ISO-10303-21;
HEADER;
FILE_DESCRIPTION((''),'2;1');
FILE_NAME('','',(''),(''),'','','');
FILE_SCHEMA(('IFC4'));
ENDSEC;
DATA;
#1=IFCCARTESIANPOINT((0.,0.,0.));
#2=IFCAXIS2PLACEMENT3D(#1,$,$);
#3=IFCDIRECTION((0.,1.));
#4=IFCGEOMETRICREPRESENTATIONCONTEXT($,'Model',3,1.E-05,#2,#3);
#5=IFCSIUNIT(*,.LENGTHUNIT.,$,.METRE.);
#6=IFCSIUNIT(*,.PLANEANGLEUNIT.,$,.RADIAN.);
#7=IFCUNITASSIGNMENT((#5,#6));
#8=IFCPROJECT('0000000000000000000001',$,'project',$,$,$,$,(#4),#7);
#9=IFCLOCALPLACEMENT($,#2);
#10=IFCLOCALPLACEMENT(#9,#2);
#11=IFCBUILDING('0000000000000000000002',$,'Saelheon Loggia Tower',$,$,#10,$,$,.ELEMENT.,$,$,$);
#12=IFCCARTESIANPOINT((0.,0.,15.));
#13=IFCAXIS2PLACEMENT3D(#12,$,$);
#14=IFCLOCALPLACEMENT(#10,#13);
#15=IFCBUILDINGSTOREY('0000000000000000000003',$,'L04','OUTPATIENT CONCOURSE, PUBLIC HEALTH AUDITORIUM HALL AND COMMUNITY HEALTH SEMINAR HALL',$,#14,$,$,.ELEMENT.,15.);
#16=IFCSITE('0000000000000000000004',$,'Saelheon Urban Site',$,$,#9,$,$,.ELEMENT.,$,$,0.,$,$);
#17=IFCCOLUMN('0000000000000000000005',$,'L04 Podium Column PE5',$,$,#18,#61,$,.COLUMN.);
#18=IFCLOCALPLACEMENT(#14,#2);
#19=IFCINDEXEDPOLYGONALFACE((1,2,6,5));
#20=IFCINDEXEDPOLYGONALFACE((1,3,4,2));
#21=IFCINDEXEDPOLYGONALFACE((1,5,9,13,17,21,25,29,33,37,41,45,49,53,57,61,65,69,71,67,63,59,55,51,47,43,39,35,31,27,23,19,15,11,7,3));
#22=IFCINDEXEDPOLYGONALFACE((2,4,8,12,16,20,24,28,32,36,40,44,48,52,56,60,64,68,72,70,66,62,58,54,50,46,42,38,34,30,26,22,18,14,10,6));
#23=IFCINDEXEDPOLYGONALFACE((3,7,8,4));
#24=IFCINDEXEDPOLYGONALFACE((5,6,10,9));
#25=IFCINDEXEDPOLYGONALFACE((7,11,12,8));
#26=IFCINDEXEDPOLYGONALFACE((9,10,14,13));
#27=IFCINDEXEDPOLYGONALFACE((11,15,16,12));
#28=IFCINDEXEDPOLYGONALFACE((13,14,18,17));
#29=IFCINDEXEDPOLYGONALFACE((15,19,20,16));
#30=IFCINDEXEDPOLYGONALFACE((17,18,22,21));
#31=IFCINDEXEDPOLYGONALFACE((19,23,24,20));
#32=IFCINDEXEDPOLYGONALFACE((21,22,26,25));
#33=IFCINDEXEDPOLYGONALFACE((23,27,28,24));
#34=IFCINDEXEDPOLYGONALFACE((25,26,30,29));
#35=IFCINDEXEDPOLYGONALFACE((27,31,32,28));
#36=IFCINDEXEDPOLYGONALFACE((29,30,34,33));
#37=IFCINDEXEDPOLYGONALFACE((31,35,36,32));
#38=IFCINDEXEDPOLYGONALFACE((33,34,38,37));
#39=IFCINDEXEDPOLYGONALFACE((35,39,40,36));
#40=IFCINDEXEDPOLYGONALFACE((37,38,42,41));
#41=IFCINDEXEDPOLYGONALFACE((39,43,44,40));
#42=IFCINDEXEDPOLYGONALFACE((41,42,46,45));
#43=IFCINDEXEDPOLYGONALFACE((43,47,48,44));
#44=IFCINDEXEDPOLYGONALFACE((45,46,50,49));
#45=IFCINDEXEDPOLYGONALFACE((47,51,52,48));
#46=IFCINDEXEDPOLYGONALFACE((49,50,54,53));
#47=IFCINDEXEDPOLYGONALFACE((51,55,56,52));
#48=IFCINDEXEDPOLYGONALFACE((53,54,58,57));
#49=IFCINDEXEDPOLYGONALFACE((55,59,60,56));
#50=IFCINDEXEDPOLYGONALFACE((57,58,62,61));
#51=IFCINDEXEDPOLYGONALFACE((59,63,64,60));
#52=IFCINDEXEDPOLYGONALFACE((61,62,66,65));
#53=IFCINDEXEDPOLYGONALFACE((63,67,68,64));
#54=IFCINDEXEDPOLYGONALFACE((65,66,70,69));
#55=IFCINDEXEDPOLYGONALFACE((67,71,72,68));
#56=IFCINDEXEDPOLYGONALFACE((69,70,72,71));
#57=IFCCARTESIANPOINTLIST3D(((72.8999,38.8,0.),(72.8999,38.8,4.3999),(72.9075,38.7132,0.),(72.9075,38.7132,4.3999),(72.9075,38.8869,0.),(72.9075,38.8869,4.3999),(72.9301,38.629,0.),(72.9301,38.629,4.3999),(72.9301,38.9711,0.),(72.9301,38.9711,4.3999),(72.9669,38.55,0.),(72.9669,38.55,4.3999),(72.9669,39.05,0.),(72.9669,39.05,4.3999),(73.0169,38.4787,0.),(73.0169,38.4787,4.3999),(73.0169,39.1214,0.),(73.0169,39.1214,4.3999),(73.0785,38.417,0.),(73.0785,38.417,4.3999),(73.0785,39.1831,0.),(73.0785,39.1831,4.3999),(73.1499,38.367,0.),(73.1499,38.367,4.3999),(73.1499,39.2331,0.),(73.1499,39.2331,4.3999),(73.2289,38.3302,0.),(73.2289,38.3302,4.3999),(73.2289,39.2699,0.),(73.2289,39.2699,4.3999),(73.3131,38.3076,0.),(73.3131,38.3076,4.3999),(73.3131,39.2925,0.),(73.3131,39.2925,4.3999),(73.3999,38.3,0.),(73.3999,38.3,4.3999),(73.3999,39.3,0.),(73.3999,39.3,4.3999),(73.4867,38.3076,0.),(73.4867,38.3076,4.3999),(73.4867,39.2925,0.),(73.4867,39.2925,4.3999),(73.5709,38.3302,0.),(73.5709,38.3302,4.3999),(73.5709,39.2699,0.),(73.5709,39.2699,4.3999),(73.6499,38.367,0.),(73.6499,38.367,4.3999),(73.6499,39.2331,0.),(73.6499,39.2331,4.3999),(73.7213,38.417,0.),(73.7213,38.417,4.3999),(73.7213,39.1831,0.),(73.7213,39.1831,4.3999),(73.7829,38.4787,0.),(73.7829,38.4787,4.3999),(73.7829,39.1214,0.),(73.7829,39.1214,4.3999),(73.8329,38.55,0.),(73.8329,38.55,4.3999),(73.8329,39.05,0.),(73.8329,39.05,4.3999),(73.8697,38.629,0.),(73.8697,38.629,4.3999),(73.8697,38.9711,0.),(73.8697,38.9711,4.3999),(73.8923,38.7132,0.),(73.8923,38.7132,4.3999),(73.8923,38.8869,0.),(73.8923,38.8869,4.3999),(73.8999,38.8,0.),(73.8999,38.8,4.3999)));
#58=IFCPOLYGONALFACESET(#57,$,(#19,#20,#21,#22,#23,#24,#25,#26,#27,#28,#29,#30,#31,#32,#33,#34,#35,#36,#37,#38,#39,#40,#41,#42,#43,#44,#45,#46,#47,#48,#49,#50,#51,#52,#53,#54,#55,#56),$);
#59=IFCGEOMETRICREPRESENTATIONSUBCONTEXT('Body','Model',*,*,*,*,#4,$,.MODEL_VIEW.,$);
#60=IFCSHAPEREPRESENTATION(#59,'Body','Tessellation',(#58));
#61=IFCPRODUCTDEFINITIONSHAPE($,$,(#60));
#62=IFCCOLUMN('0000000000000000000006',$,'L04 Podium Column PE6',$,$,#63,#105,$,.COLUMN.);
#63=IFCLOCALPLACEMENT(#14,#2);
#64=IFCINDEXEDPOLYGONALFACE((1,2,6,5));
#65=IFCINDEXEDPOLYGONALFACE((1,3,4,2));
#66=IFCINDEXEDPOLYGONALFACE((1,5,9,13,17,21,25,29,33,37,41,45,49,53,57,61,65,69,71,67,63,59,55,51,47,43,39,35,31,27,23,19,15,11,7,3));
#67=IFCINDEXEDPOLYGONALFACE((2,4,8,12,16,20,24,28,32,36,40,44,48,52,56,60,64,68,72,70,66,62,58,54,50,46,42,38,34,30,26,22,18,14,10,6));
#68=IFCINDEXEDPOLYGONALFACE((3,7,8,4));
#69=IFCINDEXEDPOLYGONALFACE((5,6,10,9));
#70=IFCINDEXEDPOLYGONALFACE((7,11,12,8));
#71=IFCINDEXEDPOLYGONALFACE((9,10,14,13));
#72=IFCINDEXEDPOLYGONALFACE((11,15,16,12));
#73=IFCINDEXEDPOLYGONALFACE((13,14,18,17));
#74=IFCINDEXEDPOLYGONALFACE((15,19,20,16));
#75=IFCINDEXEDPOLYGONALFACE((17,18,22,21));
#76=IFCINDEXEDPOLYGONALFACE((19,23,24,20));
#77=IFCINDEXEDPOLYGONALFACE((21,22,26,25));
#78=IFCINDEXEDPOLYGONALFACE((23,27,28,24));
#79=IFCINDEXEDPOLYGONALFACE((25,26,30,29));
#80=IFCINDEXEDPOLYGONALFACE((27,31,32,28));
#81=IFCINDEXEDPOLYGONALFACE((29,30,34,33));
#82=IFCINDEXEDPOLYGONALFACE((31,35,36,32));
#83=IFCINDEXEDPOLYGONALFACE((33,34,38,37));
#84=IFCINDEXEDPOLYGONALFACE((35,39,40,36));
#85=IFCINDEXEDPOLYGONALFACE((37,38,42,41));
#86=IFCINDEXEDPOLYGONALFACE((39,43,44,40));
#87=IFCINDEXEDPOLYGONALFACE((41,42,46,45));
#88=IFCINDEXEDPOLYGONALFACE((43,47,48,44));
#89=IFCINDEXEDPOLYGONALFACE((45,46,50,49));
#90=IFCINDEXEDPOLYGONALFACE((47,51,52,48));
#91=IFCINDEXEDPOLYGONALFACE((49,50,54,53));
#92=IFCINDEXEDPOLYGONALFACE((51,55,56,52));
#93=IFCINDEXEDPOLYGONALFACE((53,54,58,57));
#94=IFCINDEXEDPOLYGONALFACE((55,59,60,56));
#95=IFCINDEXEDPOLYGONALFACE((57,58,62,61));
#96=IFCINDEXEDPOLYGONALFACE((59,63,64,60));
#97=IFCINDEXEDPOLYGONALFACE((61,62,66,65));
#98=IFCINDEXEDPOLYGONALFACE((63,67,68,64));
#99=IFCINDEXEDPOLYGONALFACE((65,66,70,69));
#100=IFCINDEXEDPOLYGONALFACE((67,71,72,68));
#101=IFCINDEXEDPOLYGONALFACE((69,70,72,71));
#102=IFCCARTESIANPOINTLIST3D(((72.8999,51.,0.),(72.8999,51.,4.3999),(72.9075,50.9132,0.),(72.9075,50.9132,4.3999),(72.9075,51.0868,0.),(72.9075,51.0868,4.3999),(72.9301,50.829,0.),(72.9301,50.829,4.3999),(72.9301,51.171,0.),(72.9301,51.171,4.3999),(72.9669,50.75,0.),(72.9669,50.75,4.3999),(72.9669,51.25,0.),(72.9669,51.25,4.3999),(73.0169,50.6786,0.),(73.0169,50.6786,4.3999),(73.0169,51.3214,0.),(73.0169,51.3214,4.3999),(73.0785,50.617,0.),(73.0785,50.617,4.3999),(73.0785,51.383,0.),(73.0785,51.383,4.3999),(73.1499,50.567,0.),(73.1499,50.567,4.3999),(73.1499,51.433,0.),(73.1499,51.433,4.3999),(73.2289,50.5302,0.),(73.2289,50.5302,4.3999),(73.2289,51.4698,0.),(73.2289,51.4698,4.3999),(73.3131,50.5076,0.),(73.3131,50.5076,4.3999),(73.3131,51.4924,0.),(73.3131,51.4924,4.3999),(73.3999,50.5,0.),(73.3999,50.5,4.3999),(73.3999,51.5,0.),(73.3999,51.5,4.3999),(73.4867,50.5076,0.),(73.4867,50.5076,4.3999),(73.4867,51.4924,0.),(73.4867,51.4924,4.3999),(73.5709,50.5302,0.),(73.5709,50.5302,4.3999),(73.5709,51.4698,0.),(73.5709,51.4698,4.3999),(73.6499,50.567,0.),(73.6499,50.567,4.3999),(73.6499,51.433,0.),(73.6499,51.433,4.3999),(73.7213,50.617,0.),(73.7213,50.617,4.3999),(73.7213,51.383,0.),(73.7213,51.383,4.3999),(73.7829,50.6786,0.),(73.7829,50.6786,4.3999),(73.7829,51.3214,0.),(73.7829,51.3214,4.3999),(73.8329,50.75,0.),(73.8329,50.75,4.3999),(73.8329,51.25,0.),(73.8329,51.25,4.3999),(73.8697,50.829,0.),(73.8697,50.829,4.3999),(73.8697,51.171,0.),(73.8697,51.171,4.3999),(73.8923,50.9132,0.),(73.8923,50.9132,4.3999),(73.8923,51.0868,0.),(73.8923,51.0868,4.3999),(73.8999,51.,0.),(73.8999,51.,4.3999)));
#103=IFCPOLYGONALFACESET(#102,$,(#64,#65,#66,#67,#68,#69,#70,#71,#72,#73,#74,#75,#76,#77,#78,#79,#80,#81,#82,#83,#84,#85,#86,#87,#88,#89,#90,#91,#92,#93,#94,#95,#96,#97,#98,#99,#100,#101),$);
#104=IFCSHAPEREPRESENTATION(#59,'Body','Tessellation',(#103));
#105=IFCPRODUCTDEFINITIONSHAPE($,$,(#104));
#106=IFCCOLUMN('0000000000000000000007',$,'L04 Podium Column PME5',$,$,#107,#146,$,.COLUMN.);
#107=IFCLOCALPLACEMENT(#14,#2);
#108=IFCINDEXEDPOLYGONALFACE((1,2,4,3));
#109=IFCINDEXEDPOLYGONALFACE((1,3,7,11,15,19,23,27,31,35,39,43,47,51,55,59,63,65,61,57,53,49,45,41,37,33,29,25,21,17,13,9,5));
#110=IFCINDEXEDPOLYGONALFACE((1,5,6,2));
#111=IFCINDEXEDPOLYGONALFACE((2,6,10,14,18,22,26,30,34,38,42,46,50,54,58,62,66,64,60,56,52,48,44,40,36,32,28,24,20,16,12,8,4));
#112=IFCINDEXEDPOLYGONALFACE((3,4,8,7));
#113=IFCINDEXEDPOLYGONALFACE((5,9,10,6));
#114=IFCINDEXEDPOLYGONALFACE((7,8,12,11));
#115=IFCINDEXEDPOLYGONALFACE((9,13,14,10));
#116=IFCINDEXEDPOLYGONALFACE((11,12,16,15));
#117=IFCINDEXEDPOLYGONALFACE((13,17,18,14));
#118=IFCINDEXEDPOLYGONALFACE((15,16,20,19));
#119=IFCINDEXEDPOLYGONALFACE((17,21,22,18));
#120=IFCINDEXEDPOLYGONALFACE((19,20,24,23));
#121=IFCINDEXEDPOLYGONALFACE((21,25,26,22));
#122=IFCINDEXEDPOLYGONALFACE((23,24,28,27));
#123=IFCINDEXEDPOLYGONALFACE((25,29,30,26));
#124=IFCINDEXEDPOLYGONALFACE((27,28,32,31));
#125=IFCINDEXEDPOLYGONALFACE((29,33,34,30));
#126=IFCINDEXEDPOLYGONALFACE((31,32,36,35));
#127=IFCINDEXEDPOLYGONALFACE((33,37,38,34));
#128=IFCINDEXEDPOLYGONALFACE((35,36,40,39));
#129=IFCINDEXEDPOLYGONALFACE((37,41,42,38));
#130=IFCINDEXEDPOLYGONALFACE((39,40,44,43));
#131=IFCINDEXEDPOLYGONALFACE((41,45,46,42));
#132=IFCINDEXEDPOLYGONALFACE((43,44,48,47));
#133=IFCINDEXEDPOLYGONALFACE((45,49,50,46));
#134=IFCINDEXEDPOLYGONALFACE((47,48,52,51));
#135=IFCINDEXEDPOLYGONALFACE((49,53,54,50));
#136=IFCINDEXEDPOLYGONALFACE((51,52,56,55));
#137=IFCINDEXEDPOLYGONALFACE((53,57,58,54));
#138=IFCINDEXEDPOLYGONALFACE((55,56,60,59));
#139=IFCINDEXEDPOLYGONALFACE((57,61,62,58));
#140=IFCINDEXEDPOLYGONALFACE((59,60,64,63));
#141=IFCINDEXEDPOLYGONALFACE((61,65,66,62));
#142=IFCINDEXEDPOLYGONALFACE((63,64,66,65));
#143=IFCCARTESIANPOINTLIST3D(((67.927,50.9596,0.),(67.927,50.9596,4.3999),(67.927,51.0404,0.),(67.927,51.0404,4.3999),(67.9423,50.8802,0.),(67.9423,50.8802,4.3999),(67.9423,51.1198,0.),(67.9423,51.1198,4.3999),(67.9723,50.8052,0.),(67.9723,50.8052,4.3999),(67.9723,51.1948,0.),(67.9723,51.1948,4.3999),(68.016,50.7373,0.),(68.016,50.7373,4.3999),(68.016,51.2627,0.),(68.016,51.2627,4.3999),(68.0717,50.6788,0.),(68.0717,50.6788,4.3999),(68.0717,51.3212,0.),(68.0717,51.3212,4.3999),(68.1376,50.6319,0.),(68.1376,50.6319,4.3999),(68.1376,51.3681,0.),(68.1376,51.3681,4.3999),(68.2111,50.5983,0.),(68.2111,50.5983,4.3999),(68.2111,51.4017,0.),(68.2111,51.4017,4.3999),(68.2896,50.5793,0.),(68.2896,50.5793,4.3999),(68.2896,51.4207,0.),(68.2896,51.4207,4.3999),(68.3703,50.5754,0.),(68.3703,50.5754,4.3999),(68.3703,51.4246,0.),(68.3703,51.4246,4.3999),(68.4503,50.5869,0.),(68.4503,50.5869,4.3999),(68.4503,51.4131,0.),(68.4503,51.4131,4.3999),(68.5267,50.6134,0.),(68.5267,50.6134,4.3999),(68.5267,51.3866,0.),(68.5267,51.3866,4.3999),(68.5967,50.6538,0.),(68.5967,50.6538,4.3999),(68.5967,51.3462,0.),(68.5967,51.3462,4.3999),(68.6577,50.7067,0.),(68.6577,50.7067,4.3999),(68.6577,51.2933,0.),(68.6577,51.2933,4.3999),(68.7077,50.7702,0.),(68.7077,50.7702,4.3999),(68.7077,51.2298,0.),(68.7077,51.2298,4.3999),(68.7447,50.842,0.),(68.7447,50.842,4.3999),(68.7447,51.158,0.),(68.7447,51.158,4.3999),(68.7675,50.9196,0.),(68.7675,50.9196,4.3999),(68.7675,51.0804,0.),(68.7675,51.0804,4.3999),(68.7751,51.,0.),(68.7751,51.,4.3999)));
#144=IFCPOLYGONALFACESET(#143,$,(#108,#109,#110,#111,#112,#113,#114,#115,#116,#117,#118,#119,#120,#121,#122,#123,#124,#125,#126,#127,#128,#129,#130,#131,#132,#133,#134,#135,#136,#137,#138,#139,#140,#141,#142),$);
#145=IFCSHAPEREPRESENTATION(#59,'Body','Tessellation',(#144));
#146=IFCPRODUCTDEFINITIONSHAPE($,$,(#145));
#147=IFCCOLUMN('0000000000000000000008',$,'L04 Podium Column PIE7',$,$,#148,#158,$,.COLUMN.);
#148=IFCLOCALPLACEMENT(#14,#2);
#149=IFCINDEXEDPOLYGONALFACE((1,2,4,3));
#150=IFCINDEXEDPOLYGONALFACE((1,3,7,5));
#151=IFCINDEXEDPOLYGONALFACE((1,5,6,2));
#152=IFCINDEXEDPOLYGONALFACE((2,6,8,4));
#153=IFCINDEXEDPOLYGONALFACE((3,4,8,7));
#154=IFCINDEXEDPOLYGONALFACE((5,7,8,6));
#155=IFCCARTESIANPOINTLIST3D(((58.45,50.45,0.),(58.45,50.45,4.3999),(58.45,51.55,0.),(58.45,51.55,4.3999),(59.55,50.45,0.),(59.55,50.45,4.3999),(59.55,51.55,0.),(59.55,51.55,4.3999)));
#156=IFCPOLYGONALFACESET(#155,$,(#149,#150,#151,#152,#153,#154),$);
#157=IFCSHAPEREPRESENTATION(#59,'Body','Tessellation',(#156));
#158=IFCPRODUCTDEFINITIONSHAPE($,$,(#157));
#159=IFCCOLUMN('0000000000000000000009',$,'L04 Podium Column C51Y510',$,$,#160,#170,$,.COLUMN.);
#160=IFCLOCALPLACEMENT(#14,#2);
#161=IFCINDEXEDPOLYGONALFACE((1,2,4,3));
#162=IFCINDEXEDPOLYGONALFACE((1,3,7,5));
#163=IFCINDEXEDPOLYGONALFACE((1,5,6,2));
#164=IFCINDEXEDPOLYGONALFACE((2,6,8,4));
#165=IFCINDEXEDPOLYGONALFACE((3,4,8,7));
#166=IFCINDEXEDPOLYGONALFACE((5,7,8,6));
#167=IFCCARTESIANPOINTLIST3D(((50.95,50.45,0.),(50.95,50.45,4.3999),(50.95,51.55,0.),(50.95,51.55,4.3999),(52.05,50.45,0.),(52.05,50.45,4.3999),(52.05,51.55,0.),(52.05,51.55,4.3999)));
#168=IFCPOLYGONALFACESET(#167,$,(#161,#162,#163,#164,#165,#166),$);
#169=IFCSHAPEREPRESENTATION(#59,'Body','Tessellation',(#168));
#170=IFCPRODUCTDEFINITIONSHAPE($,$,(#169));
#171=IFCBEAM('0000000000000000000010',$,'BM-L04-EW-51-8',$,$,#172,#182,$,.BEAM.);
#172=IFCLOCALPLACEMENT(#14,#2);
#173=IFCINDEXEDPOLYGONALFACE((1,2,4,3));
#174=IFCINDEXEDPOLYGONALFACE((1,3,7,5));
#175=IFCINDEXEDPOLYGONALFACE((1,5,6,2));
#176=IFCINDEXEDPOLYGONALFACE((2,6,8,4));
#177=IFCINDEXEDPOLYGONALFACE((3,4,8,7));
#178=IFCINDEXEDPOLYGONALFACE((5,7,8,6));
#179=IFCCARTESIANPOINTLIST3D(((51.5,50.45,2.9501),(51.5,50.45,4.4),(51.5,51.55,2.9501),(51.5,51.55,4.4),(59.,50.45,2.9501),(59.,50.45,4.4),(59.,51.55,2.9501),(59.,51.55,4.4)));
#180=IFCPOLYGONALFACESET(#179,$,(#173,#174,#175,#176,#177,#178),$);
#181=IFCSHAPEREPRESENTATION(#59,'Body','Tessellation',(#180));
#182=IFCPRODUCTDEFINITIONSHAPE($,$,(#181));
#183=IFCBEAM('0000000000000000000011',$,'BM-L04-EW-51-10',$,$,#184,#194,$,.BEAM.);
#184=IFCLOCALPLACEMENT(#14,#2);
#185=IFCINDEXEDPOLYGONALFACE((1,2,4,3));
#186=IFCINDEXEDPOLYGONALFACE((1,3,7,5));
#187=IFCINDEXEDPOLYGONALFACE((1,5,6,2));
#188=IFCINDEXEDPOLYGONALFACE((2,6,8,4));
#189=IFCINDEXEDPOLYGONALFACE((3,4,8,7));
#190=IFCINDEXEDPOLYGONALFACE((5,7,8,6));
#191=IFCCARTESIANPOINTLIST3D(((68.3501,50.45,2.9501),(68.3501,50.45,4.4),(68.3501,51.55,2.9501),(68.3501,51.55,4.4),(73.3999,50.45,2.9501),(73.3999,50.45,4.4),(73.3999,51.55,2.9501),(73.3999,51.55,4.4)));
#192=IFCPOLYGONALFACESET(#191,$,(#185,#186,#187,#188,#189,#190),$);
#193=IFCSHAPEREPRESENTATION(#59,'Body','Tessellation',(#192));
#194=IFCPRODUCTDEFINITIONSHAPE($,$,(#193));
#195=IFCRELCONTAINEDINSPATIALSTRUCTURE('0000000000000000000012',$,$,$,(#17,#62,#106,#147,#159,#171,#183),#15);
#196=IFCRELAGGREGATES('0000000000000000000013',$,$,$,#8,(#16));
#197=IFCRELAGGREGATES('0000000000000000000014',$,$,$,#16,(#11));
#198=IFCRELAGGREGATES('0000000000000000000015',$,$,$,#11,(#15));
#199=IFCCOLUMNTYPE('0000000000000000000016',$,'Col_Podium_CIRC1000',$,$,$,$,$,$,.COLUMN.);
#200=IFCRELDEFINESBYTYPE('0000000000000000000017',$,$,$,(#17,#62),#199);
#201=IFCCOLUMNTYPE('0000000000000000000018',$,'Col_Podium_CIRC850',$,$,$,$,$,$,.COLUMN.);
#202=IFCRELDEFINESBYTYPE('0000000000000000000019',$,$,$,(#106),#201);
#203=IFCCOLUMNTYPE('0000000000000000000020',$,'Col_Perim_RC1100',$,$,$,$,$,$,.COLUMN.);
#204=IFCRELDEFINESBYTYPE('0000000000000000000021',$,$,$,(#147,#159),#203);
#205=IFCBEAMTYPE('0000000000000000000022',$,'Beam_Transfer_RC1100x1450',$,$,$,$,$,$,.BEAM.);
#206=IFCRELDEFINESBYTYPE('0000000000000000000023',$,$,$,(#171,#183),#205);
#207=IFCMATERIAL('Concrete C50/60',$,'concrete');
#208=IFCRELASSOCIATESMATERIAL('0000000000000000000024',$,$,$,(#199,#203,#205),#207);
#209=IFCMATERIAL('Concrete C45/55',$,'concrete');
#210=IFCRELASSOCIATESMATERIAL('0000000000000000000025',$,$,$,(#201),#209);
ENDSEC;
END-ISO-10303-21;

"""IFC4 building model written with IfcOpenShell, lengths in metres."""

from ifc_helpers import new_model, si_unit, direction, frame, origin, origin_2d, place, context, subcontext, project, spatial, rectangle, circle, extrude, source, transform, mapped, material, material_profile, profile_set, type_object, element, save


model = new_model("IFC4")

# Units and contexts
model_context = context("Model", 3, precision=1e-05, world=origin(), true_north=direction((0.0, 1.0)))
body_context = subcontext(model_context, "Body", "Model", "MODEL_VIEW")
ifc_project = project(units=[si_unit("LENGTHUNIT", "METRE"), si_unit("PLANEANGLEUNIT", "RADIAN")], contexts=[model_context])

# Site, building, storey
site_placement = place(None, origin())
site = spatial("IfcSite", under=ifc_project, at=site_placement, Name="Saelheon Urban Site", CompositionType="ELEMENT", RefElevation=0.0)
building_placement = place(site_placement, origin())
building = spatial("IfcBuilding", under=site, at=building_placement, Name="Saelheon Loggia Tower", CompositionType="ELEMENT")
storey_placement = place(building_placement, frame((0.0, 0.0, 15.0)))
storey = spatial("IfcBuildingStorey", under=building, at=storey_placement, Name="L04", Description="OUTPATIENT CONCOURSE, PUBLIC HEALTH AUDITORIUM HALL AND COMMUNITY HEALTH SEMINAR HALL", CompositionType="ELEMENT", Elevation=15.0)

# Columns
ifc_material_1 = material(Name="Concrete C50/60", Category="concrete")
ifc_material_profile_1 = material_profile(ifc_material_1, circle(Radius=0.5, at=origin_2d()), Name="CIRC-1000")
ifc_profile_set_1 = profile_set([ifc_material_profile_1], Name="Concrete C50/60")
column_type_1 = type_object("IfcColumnType", Name="Col_Podium_CIRC1000", PredefinedType="COLUMN", material=ifc_profile_set_1)
shared_shape_1 = source(origin(), body_context, "Body", "SweptSolid", [
    extrude(circle(Radius=0.5, at=origin_2d()), origin(), (0.0, 0.0, 1.0), 4.3999),
])
for number, where, z_axis, x_axis, name in (
    (1, (73.3999, 38.8, 0.0), (0.0, 0.0, 1.0), (1.0, 0.0, 0.0), "L04 Podium Column PE5"),
    (2, (73.3999, 51.0, 0.0), (0.0, 0.0, 1.0), (1.0, 0.0, 0.0), "L04 Podium Column PE6"),
):
    element("IfcColumn", number, at=place(storey_placement, frame(where, z_axis=z_axis, x_axis=x_axis)), inside=storey, type_object=column_type_1, Name=name, PredefinedType="COLUMN", context=body_context, shape_type="MappedRepresentation", body=[
        mapped(shared_shape_1, transform((0.0, 0.0, 0.0), scale=1.0)),
    ])
ifc_material_2 = material(Name="Concrete C45/55", Category="concrete")
ifc_material_profile_2 = material_profile(ifc_material_2, circle(Radius=0.425, at=origin_2d()), Name="CIRC-850")
ifc_profile_set_2 = profile_set([ifc_material_profile_2], Name="Concrete C45/55")
column_type_2 = type_object("IfcColumnType", Name="Col_Podium_CIRC850", PredefinedType="COLUMN", material=ifc_profile_set_2)
shared_shape_2 = source(origin(), body_context, "Body", "SweptSolid", [
    extrude(circle(Radius=0.425, at=origin_2d()), origin(), (0.0, 0.0, 1.0), 4.3999),
])
column_placement = place(storey_placement, frame((68.3501, 51.0, 0.0), z_axis=(0.0, 0.0, 1.0), x_axis=(1.0, 0.0, 0.0)))
element("IfcColumn", 3, at=column_placement, inside=storey, type_object=column_type_2, Name="L04 Podium Column PME5", PredefinedType="COLUMN", context=body_context, shape_type="MappedRepresentation", body=[
    mapped(shared_shape_2, transform((0.0, 0.0, 0.0), scale=1.0)),
])
ifc_material_profile_3 = material_profile(ifc_material_1, rectangle(XDim=1.1001, YDim=1.1001, at=origin_2d()), Name="RC-1100x1100")
ifc_profile_set_3 = profile_set([ifc_material_profile_3], Name="Concrete C50/60")
column_type_3 = type_object("IfcColumnType", Name="Col_Perim_RC1100", PredefinedType="COLUMN", material=ifc_profile_set_3)
shared_shape_3 = source(origin(), body_context, "Body", "SweptSolid", [
    extrude(rectangle(XDim=1.1001, YDim=1.1001, at=origin_2d()), origin(), (0.0, 0.0, 1.0), 4.3999),
])
for number, where, z_axis, x_axis, name in (
    (4, (59.0, 51.0, 0.0), (0.0, 0.0, 1.0), (1.0, 0.0, 0.0), "L04 Podium Column PIE7"),
    (5, (51.5, 51.0, 0.0), (0.0, 0.0, 1.0), (1.0, 0.0, 0.0), "L04 Podium Column C51Y510"),
):
    element("IfcColumn", number, at=place(storey_placement, frame(where, z_axis=z_axis, x_axis=x_axis)), inside=storey, type_object=column_type_3, Name=name, PredefinedType="COLUMN", context=body_context, shape_type="MappedRepresentation", body=[
        mapped(shared_shape_3, transform((0.0, 0.0, 0.0), scale=1.0)),
    ])

# Beams
ifc_material_profile_4 = material_profile(ifc_material_1, rectangle(XDim=1.1001, YDim=1.45, at=origin_2d()), Name="RC-1100x1450")
ifc_profile_set_4 = profile_set([ifc_material_profile_4], Name="Concrete C50/60")
beam_type_1 = type_object("IfcBeamType", Name="Beam_Transfer_RC1100x1450", PredefinedType="BEAM", material=ifc_profile_set_4)
shared_shape_4 = source(origin(), body_context, "Body", "SweptSolid", [
    extrude(rectangle(XDim=1.1001, YDim=1.45, at=origin_2d()), origin(), (0.0, 0.0, 1.0), 7.5),
])
beam_1_placement = place(storey_placement, frame((51.5, 51.0, 3.675), z_axis=(1.0, 0.0, 0.0), x_axis=(0.0, 1.0, 0.0)))
element("IfcBeam", 6, at=beam_1_placement, inside=storey, type_object=beam_type_1, Name="BM-L04-EW-51-8", PredefinedType="BEAM", context=body_context, shape_type="MappedRepresentation", body=[
    mapped(shared_shape_4, transform((0.0, 0.0, 0.0), scale=1.0)),
])
shared_shape_5 = source(origin(), body_context, "Body", "SweptSolid", [
    extrude(rectangle(XDim=1.1001, YDim=1.45, at=origin_2d()), origin(), (0.0, 0.0, 1.0), 5.0498),
])
beam_2_placement = place(storey_placement, frame((68.3501, 51.0, 3.675), z_axis=(1.0, 0.0, 0.0), x_axis=(0.0, 1.0, 0.0)))
element("IfcBeam", 7, at=beam_2_placement, inside=storey, type_object=beam_type_1, Name="BM-L04-EW-51-10", PredefinedType="BEAM", context=body_context, shape_type="MappedRepresentation", body=[
    mapped(shared_shape_5, transform((0.0, 0.0, 0.0), scale=1.0)),
])

save(model, "model.ifc")
